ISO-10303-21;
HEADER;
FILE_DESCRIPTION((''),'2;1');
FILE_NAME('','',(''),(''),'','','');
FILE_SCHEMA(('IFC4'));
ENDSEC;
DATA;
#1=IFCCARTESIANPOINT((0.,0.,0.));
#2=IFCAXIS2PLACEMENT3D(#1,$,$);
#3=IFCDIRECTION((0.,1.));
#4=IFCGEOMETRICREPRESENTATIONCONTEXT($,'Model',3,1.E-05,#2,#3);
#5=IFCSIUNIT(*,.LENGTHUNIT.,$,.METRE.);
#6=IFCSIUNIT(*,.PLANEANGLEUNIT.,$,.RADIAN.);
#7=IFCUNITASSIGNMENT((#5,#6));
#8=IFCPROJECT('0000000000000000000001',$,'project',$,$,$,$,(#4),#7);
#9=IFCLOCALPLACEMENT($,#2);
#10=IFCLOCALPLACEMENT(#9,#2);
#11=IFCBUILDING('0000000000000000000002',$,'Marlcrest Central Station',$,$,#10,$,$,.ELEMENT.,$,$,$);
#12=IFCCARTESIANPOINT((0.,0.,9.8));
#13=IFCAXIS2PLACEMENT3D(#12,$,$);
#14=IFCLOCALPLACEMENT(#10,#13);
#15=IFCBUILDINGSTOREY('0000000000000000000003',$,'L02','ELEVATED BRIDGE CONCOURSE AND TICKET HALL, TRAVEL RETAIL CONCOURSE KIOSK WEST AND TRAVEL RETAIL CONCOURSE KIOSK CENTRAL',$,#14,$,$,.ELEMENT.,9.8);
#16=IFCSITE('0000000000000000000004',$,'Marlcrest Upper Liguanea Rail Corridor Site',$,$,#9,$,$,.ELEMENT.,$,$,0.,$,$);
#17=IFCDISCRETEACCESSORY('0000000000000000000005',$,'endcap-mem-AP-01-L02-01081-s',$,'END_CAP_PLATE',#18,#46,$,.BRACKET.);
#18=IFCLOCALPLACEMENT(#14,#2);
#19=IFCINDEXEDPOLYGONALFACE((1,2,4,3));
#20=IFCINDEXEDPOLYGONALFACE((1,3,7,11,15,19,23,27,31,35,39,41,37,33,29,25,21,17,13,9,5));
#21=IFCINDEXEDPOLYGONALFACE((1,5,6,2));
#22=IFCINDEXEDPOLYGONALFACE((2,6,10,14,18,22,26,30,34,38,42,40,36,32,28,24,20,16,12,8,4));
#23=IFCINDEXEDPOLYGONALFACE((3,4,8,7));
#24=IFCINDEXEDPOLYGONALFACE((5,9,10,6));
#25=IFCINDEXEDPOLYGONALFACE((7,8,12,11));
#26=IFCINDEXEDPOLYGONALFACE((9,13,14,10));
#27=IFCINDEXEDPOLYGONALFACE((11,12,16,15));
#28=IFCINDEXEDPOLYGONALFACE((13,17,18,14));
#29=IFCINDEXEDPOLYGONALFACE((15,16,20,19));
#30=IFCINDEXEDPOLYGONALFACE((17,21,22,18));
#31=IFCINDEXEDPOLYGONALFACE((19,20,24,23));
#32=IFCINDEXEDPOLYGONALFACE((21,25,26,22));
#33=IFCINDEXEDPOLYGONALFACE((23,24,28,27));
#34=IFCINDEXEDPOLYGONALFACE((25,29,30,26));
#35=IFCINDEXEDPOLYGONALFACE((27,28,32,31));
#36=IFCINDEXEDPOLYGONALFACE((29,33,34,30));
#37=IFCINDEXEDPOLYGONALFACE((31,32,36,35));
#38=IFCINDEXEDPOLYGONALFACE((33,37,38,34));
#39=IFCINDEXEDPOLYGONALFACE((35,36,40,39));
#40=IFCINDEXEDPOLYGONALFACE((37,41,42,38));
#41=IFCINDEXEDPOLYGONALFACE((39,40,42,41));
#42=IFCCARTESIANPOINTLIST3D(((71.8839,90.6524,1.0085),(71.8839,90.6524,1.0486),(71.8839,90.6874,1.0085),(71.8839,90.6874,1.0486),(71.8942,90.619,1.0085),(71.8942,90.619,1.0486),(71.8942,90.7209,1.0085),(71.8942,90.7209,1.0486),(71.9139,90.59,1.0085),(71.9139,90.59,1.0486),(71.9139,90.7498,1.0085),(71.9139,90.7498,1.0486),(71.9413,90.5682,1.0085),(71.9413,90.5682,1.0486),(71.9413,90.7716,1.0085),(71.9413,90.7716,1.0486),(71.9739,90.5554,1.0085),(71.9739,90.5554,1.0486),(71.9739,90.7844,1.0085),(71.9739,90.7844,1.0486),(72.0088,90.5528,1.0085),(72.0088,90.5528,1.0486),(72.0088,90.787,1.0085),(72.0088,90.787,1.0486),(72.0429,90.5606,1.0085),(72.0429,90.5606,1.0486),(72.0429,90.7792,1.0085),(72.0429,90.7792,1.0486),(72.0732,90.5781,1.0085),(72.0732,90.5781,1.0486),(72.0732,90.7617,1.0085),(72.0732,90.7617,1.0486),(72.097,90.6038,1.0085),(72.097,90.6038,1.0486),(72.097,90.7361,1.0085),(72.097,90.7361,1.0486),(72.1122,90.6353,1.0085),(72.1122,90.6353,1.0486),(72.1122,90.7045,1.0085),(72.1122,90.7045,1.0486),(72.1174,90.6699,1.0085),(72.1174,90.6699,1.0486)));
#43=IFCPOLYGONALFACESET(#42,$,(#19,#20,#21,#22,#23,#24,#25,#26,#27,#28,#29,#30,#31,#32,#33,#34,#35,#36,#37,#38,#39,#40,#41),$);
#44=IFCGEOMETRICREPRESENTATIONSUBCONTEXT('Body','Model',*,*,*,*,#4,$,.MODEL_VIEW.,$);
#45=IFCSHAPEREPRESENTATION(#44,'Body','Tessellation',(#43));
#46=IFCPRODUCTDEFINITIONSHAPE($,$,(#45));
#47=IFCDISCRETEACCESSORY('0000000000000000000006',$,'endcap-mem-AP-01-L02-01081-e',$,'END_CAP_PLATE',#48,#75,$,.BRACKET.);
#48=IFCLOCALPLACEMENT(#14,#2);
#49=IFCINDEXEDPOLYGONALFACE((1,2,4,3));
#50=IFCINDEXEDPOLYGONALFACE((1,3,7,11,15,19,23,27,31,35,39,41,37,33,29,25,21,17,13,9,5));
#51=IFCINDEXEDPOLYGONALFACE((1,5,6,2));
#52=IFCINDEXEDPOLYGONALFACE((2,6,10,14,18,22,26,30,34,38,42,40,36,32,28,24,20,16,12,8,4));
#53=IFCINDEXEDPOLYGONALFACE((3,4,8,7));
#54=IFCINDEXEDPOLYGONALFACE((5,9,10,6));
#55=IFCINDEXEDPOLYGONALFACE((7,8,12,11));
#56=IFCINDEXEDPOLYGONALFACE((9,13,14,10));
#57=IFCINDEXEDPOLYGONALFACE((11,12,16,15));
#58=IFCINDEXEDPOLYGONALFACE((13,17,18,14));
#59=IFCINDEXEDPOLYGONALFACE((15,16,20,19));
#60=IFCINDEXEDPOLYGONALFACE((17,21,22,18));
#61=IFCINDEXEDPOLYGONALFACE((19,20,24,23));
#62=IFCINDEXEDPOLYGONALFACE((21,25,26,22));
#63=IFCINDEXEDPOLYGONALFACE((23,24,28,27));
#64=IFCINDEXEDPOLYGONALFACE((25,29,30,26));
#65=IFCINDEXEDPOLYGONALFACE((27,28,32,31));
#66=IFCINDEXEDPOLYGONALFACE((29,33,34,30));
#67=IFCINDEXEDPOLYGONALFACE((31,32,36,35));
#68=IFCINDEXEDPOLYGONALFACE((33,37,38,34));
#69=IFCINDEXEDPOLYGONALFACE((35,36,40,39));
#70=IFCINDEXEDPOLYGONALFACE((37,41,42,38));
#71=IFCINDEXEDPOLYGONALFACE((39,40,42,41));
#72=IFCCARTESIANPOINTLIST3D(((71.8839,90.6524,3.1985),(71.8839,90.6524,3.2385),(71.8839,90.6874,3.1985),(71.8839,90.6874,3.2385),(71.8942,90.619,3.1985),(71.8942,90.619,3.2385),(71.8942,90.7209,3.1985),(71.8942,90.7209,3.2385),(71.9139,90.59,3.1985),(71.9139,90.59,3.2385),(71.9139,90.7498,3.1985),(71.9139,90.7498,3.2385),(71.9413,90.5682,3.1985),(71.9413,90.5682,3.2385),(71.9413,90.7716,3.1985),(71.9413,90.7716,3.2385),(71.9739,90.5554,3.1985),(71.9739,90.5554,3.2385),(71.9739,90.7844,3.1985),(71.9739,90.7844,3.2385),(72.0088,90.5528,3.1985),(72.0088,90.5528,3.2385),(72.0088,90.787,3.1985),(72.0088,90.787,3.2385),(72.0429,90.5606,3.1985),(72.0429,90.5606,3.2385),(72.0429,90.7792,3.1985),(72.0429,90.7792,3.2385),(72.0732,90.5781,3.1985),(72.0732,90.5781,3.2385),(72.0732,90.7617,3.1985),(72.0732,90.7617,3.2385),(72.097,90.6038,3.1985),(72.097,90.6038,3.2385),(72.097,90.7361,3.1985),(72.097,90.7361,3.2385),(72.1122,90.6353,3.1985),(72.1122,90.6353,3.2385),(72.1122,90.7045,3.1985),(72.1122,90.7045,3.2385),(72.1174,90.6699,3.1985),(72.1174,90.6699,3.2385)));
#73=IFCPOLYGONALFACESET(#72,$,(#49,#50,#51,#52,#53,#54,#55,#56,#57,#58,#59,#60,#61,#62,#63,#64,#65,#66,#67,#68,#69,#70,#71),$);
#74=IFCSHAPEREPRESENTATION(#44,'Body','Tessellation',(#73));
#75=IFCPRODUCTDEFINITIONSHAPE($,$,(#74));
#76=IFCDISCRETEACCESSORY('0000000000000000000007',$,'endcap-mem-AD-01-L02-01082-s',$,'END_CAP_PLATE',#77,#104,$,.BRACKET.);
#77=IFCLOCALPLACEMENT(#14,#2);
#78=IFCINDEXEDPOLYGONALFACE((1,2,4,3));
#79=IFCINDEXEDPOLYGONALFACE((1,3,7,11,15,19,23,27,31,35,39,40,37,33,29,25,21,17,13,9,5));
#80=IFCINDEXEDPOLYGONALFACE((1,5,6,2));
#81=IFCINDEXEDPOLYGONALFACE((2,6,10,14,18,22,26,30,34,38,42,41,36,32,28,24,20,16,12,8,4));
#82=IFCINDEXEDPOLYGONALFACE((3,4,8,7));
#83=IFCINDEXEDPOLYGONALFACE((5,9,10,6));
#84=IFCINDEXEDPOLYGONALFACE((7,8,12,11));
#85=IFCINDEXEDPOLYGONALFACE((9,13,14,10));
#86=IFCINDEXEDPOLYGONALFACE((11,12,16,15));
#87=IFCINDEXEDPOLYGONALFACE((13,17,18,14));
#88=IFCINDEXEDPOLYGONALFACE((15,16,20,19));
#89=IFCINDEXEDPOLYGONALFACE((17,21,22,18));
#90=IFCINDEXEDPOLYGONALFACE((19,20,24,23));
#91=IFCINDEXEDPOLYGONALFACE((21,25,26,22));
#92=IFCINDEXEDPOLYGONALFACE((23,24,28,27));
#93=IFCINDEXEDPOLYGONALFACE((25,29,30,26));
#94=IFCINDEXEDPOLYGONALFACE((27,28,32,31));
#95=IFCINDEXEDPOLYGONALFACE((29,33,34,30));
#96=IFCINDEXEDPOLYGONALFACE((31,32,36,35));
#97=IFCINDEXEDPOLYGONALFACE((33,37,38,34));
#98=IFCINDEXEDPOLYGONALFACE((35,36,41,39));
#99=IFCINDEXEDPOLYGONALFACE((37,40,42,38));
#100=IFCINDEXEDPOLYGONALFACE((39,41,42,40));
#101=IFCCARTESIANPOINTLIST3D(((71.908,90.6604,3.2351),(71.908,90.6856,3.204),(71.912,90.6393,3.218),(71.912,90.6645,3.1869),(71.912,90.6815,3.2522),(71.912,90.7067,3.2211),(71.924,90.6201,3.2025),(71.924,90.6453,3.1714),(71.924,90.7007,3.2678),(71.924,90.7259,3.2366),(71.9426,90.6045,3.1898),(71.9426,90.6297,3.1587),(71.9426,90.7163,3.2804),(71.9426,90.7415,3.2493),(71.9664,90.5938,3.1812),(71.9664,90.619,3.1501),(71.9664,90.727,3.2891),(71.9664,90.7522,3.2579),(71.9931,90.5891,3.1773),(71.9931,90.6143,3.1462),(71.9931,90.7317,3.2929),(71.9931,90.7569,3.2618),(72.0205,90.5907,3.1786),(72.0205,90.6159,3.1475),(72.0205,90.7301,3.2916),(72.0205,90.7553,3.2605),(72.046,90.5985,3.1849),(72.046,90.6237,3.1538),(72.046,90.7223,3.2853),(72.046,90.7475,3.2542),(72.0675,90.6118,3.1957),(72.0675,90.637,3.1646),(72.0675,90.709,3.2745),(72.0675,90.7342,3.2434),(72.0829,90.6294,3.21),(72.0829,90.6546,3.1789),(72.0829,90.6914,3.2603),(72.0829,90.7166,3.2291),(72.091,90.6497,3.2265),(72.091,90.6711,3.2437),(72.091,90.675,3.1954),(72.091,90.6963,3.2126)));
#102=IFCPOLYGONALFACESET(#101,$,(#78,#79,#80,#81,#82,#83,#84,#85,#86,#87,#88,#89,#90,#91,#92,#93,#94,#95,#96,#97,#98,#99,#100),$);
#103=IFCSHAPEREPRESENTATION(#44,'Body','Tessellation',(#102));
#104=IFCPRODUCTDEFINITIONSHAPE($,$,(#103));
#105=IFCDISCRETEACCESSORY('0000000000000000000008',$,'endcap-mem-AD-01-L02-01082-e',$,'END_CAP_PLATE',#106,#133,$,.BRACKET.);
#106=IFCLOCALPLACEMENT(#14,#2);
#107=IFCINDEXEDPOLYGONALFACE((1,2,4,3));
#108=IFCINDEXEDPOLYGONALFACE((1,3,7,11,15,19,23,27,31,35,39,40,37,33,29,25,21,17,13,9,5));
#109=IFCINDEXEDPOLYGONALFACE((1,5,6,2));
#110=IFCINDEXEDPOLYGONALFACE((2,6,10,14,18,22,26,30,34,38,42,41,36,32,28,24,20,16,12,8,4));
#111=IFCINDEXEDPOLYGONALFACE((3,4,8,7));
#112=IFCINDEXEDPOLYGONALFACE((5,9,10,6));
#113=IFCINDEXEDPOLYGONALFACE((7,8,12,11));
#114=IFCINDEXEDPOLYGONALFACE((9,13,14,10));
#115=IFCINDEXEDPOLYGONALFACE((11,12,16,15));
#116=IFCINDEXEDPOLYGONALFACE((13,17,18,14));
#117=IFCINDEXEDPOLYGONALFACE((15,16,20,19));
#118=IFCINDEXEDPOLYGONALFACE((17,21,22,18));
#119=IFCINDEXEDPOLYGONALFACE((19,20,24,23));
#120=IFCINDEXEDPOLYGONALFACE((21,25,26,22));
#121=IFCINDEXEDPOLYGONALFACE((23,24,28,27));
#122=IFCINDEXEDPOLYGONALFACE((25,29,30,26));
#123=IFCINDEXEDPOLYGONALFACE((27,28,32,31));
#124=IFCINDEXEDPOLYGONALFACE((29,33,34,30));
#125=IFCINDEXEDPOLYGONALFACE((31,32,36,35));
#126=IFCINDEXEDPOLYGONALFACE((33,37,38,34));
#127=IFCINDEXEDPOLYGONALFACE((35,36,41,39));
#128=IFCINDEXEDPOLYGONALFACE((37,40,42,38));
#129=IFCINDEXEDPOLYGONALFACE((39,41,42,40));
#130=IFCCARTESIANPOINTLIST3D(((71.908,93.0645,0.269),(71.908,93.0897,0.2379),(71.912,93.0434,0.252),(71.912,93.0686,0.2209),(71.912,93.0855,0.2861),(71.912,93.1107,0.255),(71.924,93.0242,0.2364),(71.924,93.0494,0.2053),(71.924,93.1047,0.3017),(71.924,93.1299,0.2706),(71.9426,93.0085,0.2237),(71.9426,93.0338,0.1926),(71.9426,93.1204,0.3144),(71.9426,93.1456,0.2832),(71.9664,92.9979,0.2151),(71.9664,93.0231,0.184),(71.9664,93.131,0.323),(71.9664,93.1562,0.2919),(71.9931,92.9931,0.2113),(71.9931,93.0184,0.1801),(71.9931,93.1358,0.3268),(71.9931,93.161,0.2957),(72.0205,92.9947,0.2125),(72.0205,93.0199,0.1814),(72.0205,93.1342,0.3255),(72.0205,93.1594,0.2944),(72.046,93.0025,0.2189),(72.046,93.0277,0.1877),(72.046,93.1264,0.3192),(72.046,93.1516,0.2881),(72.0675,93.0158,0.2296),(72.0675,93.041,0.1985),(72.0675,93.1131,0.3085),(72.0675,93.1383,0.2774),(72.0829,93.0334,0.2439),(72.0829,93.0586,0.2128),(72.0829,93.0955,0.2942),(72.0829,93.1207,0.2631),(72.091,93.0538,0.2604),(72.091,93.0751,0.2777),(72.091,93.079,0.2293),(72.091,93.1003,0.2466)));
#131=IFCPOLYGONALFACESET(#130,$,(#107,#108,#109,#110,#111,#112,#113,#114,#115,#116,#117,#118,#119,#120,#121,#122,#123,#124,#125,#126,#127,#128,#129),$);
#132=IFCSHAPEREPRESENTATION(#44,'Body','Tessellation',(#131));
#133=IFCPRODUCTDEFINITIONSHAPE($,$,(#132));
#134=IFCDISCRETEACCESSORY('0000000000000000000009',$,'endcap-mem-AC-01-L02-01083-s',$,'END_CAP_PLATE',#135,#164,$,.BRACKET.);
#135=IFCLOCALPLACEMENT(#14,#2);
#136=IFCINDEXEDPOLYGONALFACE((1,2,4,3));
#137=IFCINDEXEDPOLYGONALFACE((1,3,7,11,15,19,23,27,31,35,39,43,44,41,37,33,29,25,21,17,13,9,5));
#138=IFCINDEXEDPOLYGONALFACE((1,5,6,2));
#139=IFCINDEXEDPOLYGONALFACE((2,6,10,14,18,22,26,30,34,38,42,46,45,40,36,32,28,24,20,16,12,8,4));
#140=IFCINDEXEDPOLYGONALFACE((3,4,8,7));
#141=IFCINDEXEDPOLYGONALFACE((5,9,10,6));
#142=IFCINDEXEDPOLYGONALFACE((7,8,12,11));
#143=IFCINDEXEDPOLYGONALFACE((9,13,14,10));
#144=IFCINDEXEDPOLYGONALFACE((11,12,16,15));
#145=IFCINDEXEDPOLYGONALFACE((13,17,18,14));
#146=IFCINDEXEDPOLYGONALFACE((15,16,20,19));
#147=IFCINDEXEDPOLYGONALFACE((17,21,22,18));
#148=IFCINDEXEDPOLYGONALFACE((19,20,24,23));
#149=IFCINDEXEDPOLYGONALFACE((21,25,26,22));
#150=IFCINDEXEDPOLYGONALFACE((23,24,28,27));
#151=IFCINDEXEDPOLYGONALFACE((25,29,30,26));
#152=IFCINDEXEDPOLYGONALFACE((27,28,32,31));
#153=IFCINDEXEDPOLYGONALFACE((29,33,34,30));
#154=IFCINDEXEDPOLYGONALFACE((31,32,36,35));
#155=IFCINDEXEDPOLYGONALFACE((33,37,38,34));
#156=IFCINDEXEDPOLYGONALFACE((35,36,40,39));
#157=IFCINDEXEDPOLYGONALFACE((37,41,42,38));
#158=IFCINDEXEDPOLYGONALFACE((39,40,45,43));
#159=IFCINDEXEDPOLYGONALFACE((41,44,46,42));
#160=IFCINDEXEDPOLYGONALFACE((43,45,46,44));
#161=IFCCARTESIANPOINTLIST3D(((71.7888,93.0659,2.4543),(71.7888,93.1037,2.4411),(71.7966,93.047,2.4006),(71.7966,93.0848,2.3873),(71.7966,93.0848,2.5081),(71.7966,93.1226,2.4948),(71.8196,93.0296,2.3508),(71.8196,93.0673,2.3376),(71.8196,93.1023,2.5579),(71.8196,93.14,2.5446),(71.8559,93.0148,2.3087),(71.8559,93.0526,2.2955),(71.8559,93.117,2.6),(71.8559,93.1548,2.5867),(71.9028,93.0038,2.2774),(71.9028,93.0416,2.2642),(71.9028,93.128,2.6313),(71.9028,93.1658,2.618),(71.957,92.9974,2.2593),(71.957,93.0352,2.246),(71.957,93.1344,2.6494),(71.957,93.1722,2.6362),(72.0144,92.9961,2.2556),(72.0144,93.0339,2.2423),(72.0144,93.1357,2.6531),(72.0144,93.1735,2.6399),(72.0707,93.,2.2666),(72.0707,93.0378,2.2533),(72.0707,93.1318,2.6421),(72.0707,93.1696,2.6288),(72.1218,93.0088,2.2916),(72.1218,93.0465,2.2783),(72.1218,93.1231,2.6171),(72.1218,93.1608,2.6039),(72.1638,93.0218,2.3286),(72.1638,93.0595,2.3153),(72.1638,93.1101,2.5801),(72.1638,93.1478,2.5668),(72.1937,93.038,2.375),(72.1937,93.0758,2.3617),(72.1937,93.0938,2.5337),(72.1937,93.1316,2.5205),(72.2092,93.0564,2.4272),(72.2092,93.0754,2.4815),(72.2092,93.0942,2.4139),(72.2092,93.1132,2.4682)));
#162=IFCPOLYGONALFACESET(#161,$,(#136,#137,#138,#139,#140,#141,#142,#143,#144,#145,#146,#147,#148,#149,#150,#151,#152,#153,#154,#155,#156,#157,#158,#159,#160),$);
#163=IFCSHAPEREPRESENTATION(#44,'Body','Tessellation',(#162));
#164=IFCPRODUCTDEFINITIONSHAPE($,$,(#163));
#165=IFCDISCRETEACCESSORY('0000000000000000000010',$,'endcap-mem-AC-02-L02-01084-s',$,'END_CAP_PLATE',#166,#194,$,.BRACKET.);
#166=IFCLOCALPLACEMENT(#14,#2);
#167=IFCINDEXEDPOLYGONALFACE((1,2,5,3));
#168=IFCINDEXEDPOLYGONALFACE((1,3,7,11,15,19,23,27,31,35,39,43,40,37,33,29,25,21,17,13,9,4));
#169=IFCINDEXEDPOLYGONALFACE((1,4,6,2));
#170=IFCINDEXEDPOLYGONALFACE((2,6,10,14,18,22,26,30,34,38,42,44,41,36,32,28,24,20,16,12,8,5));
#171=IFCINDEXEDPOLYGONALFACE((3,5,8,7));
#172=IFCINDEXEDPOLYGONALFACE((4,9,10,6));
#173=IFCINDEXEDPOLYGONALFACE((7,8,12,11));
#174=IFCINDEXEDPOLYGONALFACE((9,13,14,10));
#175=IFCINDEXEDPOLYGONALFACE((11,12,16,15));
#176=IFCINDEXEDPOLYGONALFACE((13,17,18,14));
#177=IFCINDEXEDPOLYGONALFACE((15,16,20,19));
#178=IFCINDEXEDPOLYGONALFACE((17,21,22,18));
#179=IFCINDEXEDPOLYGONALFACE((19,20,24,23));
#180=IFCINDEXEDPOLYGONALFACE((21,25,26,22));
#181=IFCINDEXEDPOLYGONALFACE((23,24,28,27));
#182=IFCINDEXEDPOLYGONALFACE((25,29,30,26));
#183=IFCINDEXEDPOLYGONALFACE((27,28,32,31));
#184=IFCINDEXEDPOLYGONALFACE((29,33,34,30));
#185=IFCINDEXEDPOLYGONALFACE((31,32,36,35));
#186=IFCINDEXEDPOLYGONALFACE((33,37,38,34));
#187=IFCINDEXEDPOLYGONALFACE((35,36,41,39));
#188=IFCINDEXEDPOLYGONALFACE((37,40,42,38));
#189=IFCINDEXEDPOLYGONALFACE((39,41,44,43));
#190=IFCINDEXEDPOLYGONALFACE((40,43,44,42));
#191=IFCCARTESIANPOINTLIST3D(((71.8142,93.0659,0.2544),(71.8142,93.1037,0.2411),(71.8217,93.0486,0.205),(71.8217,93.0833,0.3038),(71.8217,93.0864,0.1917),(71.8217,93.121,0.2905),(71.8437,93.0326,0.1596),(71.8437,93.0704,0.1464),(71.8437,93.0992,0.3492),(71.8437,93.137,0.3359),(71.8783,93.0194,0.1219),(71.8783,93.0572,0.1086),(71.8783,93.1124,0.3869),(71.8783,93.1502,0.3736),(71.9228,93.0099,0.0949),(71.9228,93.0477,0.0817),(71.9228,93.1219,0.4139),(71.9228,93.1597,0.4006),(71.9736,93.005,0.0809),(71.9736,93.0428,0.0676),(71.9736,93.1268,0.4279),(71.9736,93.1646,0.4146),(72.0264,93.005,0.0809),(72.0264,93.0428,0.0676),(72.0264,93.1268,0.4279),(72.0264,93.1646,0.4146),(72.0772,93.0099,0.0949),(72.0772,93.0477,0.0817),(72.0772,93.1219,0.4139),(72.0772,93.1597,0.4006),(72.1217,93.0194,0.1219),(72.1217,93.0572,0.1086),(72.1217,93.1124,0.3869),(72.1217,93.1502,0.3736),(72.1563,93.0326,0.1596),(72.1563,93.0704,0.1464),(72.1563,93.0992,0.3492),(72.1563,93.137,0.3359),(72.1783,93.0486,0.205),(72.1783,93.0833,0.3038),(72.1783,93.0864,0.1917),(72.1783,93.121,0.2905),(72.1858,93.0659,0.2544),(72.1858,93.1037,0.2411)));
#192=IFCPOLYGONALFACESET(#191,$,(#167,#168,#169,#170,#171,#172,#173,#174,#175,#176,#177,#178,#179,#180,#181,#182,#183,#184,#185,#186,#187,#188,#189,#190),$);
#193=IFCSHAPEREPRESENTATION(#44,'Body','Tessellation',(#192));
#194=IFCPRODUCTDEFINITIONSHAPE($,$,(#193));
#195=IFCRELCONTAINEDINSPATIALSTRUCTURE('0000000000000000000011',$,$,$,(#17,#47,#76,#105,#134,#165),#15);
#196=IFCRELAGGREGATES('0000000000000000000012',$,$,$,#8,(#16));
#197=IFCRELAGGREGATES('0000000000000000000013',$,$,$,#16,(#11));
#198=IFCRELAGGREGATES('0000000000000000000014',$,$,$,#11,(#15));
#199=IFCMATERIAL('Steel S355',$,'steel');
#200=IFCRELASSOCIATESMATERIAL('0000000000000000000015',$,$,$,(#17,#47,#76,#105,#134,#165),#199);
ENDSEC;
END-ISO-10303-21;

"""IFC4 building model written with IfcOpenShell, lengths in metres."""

from ifc_helpers import new_model, si_unit, direction, frame, origin, origin_2d, place, context, subcontext, project, spatial, circle, extrude, material, element, save


model = new_model("IFC4")

# Units and contexts
model_context = context("Model", 3, precision=1e-05, world=origin(), true_north=direction((0.0, 1.0)))
body_context = subcontext(model_context, "Body", "Model", "MODEL_VIEW")
ifc_project = project(units=[si_unit("LENGTHUNIT", "METRE"), si_unit("PLANEANGLEUNIT", "RADIAN")], contexts=[model_context])

# Site, building, storey
site_placement = place(None, origin())
site = spatial("IfcSite", under=ifc_project, at=site_placement, Name="Marlcrest Upper Liguanea Rail Corridor Site", CompositionType="ELEMENT", RefElevation=0.0)
building_placement = place(site_placement, origin())
building = spatial("IfcBuilding", under=site, at=building_placement, Name="Marlcrest Central Station", CompositionType="ELEMENT")
storey_placement = place(building_placement, frame((0.0, 0.0, 9.8)))
storey = spatial("IfcBuildingStorey", under=building, at=storey_placement, Name="L02", Description="ELEVATED BRIDGE CONCOURSE AND TICKET HALL, TRAVEL RETAIL CONCOURSE KIOSK WEST AND TRAVEL RETAIL CONCOURSE KIOSK CENTRAL", CompositionType="ELEMENT", Elevation=9.8)

# Shared definitions
ifc_material = material(Name="Steel S355", Category="steel")

# Discrete accessories
for number, where, z_axis, x_axis, name in (
    (1, (72.0, 90.6699, 1.0085), (0.0, 0.0, 1.0), (1.0, 0.0, 0.0), "endcap-mem-AP-01-L02-01081-s"),
    (2, (72.0, 90.6699, 3.1985), (0.0, 0.0, 1.0), (1.0, 0.0, 0.0), "endcap-mem-AP-01-L02-01081-e"),
):
    element("IfcDiscreteAccessory", number, at=place(storey_placement, frame(where, z_axis=z_axis, x_axis=x_axis)), inside=storey, material=ifc_material, Name=name, ObjectType="END_CAP_PLATE", PredefinedType="BRACKET", context=body_context, shape_type="SweptSolid", body=[
        extrude(circle(Radius=0.1174, at=origin_2d()), origin(), (0.0, 0.0, 1.0), 0.04),
    ])
for number, where, z_axis, x_axis, name in (
    (3, (72.0, 90.6604, 3.2351), (0.0, 0.629629, -0.776896), (-1.0, 0.0, 0.0), "endcap-mem-AD-01-L02-01082-s"),
    (4, (72.0, 93.0645, 0.269), (0.0, 0.629629, -0.776896), (-1.0, 0.0, 0.0), "endcap-mem-AD-01-L02-01082-e"),
):
    element("IfcDiscreteAccessory", number, at=place(storey_placement, frame(where, z_axis=z_axis, x_axis=x_axis)), inside=storey, material=ifc_material, Name=name, ObjectType="END_CAP_PLATE", PredefinedType="BRACKET", context=body_context, shape_type="SweptSolid", body=[
        extrude(circle(Radius=0.092, at=origin_2d()), origin(), (0.0, 0.0, 1.0), 0.04),
    ])
discrete_accessory_1_placement = place(storey_placement, frame((72.0, 93.0659, 2.4543), z_axis=(0.0, 0.943537, -0.331266), x_axis=(-1.0, 0.0, 0.0)))
element("IfcDiscreteAccessory", 5, at=discrete_accessory_1_placement, inside=storey, material=ifc_material, Name="endcap-mem-AC-01-L02-01083-s", ObjectType="END_CAP_PLATE", PredefinedType="BRACKET", context=body_context, shape_type="SweptSolid", body=[
    extrude(circle(Radius=0.2112, at=origin_2d()), origin(), (0.0, 0.0, 1.0), 0.04),
])
discrete_accessory_2_placement = place(storey_placement, frame((72.0, 93.0659, 0.2544), z_axis=(0.0, 0.943537, -0.331266), x_axis=(-1.0, 0.0, 0.0)))
element("IfcDiscreteAccessory", 6, at=discrete_accessory_2_placement, inside=storey, material=ifc_material, Name="endcap-mem-AC-02-L02-01084-s", ObjectType="END_CAP_PLATE", PredefinedType="BRACKET", context=body_context, shape_type="SweptSolid", body=[
    extrude(circle(Radius=0.1858, at=origin_2d()), origin(), (0.0, 0.0, 1.0), 0.04),
])

save(model, "model.ifc")
